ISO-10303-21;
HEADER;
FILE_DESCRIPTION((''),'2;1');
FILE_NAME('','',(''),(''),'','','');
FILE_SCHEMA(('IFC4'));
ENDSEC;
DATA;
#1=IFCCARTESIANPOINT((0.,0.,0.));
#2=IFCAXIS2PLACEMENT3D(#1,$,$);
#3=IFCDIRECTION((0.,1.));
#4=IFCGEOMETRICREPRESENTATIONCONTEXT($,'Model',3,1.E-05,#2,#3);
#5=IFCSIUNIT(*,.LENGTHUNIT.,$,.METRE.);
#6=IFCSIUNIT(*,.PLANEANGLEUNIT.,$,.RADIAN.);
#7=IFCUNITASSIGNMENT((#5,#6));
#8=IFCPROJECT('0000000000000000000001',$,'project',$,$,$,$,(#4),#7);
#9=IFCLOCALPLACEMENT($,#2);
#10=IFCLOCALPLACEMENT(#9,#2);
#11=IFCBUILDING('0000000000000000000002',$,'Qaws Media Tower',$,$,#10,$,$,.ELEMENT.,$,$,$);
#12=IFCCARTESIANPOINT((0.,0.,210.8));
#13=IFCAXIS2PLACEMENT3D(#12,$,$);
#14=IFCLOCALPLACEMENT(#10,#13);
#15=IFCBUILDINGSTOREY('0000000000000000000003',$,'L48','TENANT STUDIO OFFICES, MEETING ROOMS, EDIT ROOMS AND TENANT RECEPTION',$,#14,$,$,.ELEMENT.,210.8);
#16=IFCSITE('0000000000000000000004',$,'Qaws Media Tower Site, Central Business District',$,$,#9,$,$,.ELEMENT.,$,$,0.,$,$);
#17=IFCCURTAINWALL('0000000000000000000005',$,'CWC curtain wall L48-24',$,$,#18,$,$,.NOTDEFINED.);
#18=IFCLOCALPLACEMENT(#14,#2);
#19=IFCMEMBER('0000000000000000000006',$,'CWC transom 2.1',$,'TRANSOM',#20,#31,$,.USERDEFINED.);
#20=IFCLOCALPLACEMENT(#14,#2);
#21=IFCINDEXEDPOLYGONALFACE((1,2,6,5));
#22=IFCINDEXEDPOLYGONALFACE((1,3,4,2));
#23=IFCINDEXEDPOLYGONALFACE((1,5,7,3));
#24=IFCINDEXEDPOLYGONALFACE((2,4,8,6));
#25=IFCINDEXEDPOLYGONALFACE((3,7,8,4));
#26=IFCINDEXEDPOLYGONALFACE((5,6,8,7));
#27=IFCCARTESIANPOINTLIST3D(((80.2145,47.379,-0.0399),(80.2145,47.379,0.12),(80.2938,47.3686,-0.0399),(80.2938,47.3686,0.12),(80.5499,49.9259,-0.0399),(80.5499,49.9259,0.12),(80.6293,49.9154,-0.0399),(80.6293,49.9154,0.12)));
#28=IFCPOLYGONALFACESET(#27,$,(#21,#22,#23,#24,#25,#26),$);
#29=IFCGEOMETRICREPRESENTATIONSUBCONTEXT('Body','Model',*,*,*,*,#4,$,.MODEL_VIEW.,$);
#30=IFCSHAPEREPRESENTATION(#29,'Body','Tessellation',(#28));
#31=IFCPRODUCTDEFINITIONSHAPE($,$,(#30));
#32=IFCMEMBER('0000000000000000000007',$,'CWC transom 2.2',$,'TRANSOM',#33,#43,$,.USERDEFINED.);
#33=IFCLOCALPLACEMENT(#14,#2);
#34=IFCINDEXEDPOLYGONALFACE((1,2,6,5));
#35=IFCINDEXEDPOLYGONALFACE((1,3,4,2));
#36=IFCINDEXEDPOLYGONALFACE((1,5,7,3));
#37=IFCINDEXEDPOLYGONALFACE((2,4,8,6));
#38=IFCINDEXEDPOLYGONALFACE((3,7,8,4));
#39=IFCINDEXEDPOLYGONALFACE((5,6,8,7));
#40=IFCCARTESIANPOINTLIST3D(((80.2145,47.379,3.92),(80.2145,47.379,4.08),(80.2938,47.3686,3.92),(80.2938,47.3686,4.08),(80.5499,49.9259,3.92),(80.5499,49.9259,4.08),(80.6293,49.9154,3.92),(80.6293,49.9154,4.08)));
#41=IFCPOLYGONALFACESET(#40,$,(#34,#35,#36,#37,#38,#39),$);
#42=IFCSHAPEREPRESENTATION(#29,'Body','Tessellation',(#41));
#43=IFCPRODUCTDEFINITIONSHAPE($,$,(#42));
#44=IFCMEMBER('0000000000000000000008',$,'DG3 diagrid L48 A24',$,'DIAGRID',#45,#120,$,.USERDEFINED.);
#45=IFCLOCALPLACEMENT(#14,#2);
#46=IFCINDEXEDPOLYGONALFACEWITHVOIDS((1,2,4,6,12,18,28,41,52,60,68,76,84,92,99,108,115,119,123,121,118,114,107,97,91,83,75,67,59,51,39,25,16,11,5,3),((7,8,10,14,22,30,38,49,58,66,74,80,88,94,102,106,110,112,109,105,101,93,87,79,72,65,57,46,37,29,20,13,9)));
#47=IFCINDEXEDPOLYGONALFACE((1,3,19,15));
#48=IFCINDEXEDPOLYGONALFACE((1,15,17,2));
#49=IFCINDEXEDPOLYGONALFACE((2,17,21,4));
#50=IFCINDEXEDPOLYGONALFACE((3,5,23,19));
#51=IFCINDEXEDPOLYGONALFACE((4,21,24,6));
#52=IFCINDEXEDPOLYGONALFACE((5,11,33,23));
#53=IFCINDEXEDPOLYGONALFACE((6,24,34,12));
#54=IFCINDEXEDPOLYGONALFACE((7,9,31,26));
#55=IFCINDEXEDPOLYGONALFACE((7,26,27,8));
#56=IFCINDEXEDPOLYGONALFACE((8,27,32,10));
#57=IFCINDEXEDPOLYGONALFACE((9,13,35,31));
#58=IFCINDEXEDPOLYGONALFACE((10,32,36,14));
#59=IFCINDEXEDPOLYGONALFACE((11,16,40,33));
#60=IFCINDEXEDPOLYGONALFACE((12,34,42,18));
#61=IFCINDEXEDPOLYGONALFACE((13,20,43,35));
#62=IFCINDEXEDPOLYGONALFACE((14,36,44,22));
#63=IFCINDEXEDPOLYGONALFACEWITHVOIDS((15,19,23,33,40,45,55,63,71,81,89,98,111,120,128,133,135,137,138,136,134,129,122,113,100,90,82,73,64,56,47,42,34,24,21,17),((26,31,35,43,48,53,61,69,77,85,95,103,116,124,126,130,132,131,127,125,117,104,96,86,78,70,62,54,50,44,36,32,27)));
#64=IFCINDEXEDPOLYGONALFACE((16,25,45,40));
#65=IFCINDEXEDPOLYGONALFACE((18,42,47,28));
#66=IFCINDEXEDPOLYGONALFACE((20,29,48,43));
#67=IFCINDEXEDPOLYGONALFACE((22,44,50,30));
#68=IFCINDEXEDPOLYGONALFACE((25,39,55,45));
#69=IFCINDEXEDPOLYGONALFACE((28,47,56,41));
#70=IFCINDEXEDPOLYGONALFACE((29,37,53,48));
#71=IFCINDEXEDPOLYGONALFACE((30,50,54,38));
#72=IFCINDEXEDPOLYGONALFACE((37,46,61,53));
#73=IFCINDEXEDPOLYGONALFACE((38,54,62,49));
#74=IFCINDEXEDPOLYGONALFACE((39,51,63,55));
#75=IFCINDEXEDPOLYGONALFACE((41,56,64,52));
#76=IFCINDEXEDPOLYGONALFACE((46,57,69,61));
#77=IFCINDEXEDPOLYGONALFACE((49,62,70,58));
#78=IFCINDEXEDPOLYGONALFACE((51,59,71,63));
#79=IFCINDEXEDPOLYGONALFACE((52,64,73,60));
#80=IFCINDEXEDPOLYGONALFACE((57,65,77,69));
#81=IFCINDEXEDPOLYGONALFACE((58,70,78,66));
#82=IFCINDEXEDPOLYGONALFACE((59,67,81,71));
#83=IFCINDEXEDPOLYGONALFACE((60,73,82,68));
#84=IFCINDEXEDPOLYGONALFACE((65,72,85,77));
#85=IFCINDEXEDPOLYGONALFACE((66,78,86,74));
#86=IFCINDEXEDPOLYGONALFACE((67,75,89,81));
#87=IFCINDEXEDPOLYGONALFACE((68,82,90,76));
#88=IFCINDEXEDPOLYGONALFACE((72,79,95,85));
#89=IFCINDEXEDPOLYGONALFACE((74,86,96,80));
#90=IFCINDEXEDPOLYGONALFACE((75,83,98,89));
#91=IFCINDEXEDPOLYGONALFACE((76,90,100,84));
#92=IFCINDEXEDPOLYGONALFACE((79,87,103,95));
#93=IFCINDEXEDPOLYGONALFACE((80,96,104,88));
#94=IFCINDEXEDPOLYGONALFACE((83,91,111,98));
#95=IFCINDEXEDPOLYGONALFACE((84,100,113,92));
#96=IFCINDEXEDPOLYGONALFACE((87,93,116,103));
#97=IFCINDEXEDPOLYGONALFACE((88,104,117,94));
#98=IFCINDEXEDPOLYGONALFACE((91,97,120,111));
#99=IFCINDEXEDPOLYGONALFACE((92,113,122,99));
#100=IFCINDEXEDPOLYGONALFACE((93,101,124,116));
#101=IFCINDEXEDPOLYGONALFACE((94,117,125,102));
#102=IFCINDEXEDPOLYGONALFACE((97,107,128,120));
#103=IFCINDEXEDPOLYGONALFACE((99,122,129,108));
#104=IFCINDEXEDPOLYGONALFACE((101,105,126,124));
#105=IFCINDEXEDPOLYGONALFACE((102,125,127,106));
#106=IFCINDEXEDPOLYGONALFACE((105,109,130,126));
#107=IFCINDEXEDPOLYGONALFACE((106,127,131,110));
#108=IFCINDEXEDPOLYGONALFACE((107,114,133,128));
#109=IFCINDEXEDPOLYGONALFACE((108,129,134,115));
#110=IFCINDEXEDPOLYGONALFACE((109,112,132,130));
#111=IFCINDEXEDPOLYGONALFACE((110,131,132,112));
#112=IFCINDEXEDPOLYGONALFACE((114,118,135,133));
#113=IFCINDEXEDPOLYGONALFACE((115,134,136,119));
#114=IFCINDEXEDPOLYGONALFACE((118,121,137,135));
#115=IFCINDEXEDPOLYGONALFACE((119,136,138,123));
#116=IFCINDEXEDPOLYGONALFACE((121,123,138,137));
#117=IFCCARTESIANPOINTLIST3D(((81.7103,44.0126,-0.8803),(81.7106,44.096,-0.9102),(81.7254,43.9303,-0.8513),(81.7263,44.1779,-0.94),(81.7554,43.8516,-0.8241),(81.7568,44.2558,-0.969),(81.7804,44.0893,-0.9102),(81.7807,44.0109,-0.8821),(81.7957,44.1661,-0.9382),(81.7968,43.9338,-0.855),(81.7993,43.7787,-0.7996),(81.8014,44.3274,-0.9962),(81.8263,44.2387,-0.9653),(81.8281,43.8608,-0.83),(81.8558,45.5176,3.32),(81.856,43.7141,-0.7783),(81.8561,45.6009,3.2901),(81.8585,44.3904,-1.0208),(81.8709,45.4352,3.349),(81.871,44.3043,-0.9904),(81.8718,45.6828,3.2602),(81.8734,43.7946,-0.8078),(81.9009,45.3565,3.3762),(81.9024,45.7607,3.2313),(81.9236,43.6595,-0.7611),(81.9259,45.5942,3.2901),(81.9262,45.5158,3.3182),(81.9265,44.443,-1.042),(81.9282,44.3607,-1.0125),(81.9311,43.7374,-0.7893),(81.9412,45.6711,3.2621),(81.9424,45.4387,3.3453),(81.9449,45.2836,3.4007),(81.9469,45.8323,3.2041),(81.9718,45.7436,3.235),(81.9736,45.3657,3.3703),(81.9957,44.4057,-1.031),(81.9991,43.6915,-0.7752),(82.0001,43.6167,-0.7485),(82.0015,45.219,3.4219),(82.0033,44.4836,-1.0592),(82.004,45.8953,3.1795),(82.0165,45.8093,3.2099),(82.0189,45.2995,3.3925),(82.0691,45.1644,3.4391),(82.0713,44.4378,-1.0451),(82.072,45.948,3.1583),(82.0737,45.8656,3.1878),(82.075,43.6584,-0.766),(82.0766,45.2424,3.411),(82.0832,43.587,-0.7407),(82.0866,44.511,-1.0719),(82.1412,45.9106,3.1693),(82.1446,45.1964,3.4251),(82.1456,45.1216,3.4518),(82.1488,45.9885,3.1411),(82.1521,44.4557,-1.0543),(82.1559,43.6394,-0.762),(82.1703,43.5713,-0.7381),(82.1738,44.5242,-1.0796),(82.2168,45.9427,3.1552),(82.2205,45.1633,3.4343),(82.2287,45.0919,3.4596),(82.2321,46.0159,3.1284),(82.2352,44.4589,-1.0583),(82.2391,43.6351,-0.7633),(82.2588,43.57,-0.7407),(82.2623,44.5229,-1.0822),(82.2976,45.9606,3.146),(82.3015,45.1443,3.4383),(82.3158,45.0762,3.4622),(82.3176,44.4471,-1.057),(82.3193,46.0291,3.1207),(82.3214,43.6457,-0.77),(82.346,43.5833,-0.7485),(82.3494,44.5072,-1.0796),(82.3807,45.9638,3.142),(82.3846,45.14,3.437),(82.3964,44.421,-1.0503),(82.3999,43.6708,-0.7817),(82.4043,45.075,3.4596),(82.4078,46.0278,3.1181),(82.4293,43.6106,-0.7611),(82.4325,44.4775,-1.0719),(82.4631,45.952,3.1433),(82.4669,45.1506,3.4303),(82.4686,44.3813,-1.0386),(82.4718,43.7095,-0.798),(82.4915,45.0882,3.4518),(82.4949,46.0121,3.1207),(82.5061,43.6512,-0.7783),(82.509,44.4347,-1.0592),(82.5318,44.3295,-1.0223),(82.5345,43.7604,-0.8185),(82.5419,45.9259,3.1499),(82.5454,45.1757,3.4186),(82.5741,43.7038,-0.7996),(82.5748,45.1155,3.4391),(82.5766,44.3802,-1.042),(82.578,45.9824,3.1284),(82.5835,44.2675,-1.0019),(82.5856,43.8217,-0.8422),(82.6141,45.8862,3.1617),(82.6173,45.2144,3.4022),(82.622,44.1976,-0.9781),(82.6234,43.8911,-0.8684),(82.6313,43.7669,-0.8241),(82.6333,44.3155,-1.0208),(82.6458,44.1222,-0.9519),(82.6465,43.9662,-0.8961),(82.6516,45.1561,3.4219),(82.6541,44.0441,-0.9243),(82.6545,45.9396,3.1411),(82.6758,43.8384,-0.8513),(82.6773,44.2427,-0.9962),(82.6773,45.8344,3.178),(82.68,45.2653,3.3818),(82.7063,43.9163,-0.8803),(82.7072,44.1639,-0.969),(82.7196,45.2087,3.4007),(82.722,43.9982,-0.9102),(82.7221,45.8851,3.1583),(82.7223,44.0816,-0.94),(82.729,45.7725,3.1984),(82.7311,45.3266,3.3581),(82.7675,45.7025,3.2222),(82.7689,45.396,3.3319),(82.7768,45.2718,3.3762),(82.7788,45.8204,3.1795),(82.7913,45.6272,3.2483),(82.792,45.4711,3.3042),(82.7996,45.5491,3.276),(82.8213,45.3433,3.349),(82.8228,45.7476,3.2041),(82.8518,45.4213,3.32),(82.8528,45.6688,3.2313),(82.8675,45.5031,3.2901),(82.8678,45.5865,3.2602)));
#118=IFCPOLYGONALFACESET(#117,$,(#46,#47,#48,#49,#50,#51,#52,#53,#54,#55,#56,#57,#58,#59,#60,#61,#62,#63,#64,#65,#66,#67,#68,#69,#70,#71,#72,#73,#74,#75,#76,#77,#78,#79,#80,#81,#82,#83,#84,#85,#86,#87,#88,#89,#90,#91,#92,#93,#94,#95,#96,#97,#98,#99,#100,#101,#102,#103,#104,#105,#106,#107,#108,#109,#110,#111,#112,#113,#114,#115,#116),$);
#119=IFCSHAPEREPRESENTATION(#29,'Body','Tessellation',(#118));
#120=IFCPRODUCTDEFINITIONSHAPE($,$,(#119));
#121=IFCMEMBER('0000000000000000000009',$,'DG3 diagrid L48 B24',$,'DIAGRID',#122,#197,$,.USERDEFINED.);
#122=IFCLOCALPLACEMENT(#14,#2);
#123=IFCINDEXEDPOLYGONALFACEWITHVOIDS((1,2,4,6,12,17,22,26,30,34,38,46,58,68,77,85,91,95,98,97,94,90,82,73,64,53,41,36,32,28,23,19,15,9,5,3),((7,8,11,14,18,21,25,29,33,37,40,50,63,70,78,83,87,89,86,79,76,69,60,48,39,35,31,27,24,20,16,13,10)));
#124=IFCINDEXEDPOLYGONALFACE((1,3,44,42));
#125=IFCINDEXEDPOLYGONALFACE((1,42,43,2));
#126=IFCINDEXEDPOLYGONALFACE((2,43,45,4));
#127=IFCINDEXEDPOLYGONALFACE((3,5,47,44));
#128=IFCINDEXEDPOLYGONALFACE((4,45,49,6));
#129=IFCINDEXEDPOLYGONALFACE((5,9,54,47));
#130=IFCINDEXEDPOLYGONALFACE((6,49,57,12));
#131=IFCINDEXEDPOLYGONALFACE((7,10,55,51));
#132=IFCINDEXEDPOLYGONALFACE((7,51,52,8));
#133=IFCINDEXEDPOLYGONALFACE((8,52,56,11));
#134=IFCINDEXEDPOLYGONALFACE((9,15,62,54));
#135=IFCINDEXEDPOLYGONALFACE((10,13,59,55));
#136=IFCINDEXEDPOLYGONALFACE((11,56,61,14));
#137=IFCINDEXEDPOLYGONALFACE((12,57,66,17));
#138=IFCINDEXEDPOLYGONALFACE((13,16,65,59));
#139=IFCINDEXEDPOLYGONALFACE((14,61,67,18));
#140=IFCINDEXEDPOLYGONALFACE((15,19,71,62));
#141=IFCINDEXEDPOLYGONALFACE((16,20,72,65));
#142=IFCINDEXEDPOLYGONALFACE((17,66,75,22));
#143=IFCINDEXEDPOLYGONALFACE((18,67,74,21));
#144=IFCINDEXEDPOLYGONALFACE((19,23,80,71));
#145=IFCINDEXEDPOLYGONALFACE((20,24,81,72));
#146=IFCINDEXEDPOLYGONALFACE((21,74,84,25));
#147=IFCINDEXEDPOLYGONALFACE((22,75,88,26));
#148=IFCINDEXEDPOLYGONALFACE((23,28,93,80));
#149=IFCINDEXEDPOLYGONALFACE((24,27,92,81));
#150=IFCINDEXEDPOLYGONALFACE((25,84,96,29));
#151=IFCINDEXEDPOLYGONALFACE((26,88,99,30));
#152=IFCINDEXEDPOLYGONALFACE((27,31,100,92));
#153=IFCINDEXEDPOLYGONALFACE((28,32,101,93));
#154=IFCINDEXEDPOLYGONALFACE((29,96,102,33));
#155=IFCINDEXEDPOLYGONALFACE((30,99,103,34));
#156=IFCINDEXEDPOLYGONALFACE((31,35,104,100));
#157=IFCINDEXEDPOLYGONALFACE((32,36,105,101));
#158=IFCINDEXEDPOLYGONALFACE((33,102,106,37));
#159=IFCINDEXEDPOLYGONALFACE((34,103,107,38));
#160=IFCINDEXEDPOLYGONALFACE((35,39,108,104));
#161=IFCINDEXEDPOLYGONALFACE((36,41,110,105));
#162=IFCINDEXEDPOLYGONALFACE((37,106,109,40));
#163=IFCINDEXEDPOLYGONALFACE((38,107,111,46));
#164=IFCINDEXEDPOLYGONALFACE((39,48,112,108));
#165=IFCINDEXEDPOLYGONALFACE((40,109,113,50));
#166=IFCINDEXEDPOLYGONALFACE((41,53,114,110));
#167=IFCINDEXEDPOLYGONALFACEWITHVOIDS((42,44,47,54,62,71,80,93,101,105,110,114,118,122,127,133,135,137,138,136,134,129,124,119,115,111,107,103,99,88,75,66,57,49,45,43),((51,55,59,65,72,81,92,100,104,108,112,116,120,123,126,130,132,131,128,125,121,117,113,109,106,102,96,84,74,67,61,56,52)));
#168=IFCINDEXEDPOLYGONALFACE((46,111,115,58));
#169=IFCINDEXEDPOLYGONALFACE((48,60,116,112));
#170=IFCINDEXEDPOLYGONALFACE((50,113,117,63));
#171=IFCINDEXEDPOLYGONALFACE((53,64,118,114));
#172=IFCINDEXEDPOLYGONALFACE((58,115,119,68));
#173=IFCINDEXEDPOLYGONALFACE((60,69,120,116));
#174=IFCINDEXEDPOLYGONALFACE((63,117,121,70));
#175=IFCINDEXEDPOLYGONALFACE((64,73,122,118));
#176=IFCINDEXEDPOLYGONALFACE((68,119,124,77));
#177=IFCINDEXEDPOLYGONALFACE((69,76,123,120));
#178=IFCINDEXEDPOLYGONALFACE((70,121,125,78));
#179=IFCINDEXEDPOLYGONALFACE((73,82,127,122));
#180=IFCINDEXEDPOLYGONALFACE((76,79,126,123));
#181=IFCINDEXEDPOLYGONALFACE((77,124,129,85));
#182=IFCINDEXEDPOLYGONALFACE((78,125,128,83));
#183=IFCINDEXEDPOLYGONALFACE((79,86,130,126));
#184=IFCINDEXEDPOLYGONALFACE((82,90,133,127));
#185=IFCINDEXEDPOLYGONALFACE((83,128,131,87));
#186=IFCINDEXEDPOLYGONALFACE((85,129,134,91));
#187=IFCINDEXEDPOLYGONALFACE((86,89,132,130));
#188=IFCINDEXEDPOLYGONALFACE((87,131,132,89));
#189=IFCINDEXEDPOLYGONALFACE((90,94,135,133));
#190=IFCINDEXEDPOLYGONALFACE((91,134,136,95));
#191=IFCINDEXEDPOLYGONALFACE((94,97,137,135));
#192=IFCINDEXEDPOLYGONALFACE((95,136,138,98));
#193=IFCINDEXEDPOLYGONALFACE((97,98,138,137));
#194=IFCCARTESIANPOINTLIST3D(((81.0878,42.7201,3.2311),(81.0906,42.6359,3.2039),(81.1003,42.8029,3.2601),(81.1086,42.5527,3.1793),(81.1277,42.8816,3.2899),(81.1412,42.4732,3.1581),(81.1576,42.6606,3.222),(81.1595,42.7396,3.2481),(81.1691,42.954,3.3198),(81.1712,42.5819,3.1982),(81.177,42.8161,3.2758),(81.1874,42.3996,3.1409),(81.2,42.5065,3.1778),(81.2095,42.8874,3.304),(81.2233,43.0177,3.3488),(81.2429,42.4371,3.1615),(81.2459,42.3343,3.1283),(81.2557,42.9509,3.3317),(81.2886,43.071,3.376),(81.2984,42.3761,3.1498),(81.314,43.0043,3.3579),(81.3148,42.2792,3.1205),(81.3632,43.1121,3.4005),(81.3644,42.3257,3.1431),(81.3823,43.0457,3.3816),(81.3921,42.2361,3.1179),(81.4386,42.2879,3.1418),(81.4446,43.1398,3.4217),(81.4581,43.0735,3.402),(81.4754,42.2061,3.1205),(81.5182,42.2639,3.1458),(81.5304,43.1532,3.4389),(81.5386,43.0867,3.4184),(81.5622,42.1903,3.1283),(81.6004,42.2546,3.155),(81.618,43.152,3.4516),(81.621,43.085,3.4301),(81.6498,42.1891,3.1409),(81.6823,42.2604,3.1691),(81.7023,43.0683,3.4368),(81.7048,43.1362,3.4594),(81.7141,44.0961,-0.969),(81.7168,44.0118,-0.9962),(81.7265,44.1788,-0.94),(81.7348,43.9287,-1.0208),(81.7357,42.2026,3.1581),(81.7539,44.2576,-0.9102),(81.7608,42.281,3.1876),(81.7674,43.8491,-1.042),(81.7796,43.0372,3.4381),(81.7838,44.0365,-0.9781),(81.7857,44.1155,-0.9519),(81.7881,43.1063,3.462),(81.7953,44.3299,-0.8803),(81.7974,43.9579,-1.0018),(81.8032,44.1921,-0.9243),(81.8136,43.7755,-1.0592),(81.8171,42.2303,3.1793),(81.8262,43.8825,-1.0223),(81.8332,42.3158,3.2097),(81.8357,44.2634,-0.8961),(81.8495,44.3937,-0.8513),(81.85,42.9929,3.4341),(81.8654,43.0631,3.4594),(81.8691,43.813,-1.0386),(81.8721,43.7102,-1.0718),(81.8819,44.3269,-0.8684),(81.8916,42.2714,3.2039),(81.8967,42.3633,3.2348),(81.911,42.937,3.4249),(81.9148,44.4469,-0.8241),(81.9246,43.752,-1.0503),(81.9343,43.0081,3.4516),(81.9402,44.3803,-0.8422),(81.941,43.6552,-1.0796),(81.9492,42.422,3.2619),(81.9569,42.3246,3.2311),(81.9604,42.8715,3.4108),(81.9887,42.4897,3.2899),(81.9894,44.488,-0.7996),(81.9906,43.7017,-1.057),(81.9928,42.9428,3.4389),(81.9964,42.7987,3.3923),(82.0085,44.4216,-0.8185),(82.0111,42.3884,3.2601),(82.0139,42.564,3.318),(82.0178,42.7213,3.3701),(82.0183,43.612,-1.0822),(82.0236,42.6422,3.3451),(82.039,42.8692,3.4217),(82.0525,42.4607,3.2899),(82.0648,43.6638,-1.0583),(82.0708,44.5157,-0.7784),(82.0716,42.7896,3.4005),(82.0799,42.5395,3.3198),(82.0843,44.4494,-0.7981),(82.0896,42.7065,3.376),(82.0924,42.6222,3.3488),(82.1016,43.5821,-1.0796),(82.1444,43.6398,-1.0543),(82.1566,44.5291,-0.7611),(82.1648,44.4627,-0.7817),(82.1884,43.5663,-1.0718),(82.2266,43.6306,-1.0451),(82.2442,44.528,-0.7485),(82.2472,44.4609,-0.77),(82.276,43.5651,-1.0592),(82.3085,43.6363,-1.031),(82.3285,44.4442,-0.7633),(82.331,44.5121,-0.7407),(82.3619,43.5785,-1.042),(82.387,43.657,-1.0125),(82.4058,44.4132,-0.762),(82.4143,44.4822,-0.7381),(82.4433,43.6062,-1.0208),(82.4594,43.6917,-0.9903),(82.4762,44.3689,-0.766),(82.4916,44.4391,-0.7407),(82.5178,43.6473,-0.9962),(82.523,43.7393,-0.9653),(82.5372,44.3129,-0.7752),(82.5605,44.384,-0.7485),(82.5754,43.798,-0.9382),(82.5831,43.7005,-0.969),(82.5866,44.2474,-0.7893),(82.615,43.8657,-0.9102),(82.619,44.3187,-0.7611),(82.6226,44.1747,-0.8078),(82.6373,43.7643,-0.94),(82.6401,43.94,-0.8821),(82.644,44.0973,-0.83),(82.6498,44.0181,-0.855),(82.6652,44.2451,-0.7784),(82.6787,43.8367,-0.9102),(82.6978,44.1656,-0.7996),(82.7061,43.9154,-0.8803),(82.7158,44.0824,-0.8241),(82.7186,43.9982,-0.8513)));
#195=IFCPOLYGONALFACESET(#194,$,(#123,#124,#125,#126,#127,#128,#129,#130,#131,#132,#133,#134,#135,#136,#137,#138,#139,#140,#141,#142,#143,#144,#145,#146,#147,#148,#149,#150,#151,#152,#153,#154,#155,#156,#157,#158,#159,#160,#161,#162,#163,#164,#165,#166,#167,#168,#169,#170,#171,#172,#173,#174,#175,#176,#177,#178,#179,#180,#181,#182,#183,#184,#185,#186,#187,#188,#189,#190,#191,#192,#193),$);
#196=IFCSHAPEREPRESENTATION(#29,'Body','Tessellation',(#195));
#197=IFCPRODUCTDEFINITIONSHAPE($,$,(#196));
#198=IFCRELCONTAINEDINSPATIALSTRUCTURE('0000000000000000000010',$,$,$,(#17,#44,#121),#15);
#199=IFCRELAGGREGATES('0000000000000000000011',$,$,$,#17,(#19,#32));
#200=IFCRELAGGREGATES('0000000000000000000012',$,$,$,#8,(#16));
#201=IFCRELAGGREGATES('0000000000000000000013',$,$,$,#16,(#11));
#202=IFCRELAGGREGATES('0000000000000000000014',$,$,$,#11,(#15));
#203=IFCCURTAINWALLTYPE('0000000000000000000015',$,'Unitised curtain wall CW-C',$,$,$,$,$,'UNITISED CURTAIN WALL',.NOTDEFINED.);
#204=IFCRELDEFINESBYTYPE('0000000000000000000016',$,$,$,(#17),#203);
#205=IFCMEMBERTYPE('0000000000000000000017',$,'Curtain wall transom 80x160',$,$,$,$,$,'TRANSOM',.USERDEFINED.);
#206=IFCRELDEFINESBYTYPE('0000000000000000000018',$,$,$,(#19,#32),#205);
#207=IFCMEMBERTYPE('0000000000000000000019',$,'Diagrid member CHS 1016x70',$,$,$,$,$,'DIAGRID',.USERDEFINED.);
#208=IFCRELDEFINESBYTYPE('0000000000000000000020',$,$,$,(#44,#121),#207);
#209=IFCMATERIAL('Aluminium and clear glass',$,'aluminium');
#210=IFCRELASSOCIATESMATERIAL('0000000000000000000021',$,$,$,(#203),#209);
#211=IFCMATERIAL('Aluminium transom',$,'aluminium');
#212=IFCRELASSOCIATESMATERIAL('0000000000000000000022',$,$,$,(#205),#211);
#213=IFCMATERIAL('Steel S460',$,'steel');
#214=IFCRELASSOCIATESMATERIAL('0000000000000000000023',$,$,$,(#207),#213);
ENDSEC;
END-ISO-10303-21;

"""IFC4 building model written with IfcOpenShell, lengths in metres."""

from ifc_helpers import new_model, si_unit, direction, frame, origin, origin_2d, place, context, subcontext, project, spatial, rectangle, hollow_circle, extrude, material, material_profile, profile_set, type_object, element, aggregate, save


model = new_model("IFC4")

# Units and contexts
model_context = context("Model", 3, precision=1e-05, world=origin(), true_north=direction((0.0, 1.0)))
body_context = subcontext(model_context, "Body", "Model", "MODEL_VIEW")
ifc_project = project(units=[si_unit("LENGTHUNIT", "METRE"), si_unit("PLANEANGLEUNIT", "RADIAN")], contexts=[model_context])

# Site, building, storey
site_placement = place(None, origin())
site = spatial("IfcSite", under=ifc_project, at=site_placement, Name="Qaws Media Tower Site, Central Business District", CompositionType="ELEMENT", RefElevation=0.0)
building_placement = place(site_placement, origin())
building = spatial("IfcBuilding", under=site, at=building_placement, Name="Qaws Media Tower", CompositionType="ELEMENT")
storey_placement = place(building_placement, frame((0.0, 0.0, 210.8)))
storey = spatial("IfcBuildingStorey", under=building, at=storey_placement, Name="L48", Description="TENANT STUDIO OFFICES, MEETING ROOMS, EDIT ROOMS AND TENANT RECEPTION", CompositionType="ELEMENT", Elevation=210.8)

# Curtain wall
ifc_material_1 = material(Name="Aluminium and clear glass", Category="aluminium")
curtain_wall_type = type_object("IfcCurtainWallType", Name="Unitised curtain wall CW-C", ElementType="UNITISED CURTAIN WALL", PredefinedType="NOTDEFINED", material=ifc_material_1)
curtain_wall_1_placement = place(storey_placement, origin())
curtain_wall_1 = element("IfcCurtainWall", 1, at=curtain_wall_1_placement, inside=storey, type_object=curtain_wall_type, Name="CWC curtain wall L48-24", PredefinedType="NOTDEFINED")

# Members
ifc_material_2 = material(Name="Aluminium transom", Category="aluminium")
ifc_material_profile_1 = material_profile(ifc_material_2, rectangle(XDim=0.0801, YDim=0.1599, at=origin_2d()), Name="80x160")
ifc_profile_set_1 = profile_set([ifc_material_profile_1], Name="Aluminium transom")
member_type_1 = type_object("IfcMemberType", Name="Curtain wall transom 80x160", ElementType="TRANSOM", PredefinedType="USERDEFINED", material=ifc_profile_set_1)
member_1_placement = place(storey_placement, frame((80.2542, 47.3738, 0.04), z_axis=(0.130582, 0.991437, 0.0), x_axis=(-0.991437, 0.130582, 0.0)))
member_1 = element("IfcMember", 2, at=member_1_placement, type_object=member_type_1, Name="CWC transom 2.1", ObjectType="TRANSOM", PredefinedType="USERDEFINED", context=body_context, shape_type="SweptSolid", body=[
    extrude(rectangle(XDim=0.0801, YDim=0.1599, at=origin_2d()), origin(), (0.0, 0.0, 1.0), 2.5688),
])
member_2_placement = place(storey_placement, frame((80.2542, 47.3738, 4.0), z_axis=(0.130582, 0.991437, 0.0), x_axis=(-0.991437, 0.130582, 0.0)))
member_2 = element("IfcMember", 3, at=member_2_placement, type_object=member_type_1, Name="CWC transom 2.2", ObjectType="TRANSOM", PredefinedType="USERDEFINED", context=body_context, shape_type="SweptSolid", body=[
    extrude(rectangle(XDim=0.0801, YDim=0.1599, at=origin_2d()), origin(), (0.0, 0.0, 1.0), 2.5688),
])

# Members
ifc_material_3 = material(Name="Steel S460", Category="steel")
ifc_material_profile_2 = material_profile(ifc_material_3, hollow_circle(Radius=0.5081, WallThickness=0.0701, at=origin_2d()), Name="CHS 1016x70")
ifc_profile_set_2 = profile_set([ifc_material_profile_2], Name="Steel S460")
member_type_2 = type_object("IfcMemberType", Name="Diagrid member CHS 1016x70", ElementType="DIAGRID", PredefinedType="USERDEFINED", material=ifc_profile_set_2)
member_3_placement = place(storey_placement, frame((82.2163, 44.0471, -0.9102), z_axis=(0.032596, 0.337114, 0.940899), x_axis=(-0.995358, 0.096242, 0.0)))
element("IfcMember", 4, at=member_3_placement, inside=storey, type_object=member_type_2, Name="DG3 diagrid L48 A24", ObjectType="DIAGRID", PredefinedType="USERDEFINED", context=body_context, shape_type="SweptSolid", body=[
    extrude(hollow_circle(Radius=0.5081, WallThickness=0.0701, at=origin_2d()), origin(), (0.0, 0.0, 1.0), 4.4641),
])
member_4_placement = place(storey_placement, frame((82.2163, 44.0471, -0.9102), z_axis=(-0.140283, -0.30824, 0.940908), x_axis=(0.910173, -0.414229, 0.0)))
element("IfcMember", 5, at=member_4_placement, inside=storey, type_object=member_type_2, Name="DG3 diagrid L48 B24", ObjectType="DIAGRID", PredefinedType="USERDEFINED", context=body_context, shape_type="SweptSolid", body=[
    extrude(hollow_circle(Radius=0.5081, WallThickness=0.0701, at=origin_2d()), origin(), (0.0, 0.0, 1.0), 4.4639),
])

aggregate(curtain_wall_1, [member_1, member_2])

save(model, "model.ifc")
